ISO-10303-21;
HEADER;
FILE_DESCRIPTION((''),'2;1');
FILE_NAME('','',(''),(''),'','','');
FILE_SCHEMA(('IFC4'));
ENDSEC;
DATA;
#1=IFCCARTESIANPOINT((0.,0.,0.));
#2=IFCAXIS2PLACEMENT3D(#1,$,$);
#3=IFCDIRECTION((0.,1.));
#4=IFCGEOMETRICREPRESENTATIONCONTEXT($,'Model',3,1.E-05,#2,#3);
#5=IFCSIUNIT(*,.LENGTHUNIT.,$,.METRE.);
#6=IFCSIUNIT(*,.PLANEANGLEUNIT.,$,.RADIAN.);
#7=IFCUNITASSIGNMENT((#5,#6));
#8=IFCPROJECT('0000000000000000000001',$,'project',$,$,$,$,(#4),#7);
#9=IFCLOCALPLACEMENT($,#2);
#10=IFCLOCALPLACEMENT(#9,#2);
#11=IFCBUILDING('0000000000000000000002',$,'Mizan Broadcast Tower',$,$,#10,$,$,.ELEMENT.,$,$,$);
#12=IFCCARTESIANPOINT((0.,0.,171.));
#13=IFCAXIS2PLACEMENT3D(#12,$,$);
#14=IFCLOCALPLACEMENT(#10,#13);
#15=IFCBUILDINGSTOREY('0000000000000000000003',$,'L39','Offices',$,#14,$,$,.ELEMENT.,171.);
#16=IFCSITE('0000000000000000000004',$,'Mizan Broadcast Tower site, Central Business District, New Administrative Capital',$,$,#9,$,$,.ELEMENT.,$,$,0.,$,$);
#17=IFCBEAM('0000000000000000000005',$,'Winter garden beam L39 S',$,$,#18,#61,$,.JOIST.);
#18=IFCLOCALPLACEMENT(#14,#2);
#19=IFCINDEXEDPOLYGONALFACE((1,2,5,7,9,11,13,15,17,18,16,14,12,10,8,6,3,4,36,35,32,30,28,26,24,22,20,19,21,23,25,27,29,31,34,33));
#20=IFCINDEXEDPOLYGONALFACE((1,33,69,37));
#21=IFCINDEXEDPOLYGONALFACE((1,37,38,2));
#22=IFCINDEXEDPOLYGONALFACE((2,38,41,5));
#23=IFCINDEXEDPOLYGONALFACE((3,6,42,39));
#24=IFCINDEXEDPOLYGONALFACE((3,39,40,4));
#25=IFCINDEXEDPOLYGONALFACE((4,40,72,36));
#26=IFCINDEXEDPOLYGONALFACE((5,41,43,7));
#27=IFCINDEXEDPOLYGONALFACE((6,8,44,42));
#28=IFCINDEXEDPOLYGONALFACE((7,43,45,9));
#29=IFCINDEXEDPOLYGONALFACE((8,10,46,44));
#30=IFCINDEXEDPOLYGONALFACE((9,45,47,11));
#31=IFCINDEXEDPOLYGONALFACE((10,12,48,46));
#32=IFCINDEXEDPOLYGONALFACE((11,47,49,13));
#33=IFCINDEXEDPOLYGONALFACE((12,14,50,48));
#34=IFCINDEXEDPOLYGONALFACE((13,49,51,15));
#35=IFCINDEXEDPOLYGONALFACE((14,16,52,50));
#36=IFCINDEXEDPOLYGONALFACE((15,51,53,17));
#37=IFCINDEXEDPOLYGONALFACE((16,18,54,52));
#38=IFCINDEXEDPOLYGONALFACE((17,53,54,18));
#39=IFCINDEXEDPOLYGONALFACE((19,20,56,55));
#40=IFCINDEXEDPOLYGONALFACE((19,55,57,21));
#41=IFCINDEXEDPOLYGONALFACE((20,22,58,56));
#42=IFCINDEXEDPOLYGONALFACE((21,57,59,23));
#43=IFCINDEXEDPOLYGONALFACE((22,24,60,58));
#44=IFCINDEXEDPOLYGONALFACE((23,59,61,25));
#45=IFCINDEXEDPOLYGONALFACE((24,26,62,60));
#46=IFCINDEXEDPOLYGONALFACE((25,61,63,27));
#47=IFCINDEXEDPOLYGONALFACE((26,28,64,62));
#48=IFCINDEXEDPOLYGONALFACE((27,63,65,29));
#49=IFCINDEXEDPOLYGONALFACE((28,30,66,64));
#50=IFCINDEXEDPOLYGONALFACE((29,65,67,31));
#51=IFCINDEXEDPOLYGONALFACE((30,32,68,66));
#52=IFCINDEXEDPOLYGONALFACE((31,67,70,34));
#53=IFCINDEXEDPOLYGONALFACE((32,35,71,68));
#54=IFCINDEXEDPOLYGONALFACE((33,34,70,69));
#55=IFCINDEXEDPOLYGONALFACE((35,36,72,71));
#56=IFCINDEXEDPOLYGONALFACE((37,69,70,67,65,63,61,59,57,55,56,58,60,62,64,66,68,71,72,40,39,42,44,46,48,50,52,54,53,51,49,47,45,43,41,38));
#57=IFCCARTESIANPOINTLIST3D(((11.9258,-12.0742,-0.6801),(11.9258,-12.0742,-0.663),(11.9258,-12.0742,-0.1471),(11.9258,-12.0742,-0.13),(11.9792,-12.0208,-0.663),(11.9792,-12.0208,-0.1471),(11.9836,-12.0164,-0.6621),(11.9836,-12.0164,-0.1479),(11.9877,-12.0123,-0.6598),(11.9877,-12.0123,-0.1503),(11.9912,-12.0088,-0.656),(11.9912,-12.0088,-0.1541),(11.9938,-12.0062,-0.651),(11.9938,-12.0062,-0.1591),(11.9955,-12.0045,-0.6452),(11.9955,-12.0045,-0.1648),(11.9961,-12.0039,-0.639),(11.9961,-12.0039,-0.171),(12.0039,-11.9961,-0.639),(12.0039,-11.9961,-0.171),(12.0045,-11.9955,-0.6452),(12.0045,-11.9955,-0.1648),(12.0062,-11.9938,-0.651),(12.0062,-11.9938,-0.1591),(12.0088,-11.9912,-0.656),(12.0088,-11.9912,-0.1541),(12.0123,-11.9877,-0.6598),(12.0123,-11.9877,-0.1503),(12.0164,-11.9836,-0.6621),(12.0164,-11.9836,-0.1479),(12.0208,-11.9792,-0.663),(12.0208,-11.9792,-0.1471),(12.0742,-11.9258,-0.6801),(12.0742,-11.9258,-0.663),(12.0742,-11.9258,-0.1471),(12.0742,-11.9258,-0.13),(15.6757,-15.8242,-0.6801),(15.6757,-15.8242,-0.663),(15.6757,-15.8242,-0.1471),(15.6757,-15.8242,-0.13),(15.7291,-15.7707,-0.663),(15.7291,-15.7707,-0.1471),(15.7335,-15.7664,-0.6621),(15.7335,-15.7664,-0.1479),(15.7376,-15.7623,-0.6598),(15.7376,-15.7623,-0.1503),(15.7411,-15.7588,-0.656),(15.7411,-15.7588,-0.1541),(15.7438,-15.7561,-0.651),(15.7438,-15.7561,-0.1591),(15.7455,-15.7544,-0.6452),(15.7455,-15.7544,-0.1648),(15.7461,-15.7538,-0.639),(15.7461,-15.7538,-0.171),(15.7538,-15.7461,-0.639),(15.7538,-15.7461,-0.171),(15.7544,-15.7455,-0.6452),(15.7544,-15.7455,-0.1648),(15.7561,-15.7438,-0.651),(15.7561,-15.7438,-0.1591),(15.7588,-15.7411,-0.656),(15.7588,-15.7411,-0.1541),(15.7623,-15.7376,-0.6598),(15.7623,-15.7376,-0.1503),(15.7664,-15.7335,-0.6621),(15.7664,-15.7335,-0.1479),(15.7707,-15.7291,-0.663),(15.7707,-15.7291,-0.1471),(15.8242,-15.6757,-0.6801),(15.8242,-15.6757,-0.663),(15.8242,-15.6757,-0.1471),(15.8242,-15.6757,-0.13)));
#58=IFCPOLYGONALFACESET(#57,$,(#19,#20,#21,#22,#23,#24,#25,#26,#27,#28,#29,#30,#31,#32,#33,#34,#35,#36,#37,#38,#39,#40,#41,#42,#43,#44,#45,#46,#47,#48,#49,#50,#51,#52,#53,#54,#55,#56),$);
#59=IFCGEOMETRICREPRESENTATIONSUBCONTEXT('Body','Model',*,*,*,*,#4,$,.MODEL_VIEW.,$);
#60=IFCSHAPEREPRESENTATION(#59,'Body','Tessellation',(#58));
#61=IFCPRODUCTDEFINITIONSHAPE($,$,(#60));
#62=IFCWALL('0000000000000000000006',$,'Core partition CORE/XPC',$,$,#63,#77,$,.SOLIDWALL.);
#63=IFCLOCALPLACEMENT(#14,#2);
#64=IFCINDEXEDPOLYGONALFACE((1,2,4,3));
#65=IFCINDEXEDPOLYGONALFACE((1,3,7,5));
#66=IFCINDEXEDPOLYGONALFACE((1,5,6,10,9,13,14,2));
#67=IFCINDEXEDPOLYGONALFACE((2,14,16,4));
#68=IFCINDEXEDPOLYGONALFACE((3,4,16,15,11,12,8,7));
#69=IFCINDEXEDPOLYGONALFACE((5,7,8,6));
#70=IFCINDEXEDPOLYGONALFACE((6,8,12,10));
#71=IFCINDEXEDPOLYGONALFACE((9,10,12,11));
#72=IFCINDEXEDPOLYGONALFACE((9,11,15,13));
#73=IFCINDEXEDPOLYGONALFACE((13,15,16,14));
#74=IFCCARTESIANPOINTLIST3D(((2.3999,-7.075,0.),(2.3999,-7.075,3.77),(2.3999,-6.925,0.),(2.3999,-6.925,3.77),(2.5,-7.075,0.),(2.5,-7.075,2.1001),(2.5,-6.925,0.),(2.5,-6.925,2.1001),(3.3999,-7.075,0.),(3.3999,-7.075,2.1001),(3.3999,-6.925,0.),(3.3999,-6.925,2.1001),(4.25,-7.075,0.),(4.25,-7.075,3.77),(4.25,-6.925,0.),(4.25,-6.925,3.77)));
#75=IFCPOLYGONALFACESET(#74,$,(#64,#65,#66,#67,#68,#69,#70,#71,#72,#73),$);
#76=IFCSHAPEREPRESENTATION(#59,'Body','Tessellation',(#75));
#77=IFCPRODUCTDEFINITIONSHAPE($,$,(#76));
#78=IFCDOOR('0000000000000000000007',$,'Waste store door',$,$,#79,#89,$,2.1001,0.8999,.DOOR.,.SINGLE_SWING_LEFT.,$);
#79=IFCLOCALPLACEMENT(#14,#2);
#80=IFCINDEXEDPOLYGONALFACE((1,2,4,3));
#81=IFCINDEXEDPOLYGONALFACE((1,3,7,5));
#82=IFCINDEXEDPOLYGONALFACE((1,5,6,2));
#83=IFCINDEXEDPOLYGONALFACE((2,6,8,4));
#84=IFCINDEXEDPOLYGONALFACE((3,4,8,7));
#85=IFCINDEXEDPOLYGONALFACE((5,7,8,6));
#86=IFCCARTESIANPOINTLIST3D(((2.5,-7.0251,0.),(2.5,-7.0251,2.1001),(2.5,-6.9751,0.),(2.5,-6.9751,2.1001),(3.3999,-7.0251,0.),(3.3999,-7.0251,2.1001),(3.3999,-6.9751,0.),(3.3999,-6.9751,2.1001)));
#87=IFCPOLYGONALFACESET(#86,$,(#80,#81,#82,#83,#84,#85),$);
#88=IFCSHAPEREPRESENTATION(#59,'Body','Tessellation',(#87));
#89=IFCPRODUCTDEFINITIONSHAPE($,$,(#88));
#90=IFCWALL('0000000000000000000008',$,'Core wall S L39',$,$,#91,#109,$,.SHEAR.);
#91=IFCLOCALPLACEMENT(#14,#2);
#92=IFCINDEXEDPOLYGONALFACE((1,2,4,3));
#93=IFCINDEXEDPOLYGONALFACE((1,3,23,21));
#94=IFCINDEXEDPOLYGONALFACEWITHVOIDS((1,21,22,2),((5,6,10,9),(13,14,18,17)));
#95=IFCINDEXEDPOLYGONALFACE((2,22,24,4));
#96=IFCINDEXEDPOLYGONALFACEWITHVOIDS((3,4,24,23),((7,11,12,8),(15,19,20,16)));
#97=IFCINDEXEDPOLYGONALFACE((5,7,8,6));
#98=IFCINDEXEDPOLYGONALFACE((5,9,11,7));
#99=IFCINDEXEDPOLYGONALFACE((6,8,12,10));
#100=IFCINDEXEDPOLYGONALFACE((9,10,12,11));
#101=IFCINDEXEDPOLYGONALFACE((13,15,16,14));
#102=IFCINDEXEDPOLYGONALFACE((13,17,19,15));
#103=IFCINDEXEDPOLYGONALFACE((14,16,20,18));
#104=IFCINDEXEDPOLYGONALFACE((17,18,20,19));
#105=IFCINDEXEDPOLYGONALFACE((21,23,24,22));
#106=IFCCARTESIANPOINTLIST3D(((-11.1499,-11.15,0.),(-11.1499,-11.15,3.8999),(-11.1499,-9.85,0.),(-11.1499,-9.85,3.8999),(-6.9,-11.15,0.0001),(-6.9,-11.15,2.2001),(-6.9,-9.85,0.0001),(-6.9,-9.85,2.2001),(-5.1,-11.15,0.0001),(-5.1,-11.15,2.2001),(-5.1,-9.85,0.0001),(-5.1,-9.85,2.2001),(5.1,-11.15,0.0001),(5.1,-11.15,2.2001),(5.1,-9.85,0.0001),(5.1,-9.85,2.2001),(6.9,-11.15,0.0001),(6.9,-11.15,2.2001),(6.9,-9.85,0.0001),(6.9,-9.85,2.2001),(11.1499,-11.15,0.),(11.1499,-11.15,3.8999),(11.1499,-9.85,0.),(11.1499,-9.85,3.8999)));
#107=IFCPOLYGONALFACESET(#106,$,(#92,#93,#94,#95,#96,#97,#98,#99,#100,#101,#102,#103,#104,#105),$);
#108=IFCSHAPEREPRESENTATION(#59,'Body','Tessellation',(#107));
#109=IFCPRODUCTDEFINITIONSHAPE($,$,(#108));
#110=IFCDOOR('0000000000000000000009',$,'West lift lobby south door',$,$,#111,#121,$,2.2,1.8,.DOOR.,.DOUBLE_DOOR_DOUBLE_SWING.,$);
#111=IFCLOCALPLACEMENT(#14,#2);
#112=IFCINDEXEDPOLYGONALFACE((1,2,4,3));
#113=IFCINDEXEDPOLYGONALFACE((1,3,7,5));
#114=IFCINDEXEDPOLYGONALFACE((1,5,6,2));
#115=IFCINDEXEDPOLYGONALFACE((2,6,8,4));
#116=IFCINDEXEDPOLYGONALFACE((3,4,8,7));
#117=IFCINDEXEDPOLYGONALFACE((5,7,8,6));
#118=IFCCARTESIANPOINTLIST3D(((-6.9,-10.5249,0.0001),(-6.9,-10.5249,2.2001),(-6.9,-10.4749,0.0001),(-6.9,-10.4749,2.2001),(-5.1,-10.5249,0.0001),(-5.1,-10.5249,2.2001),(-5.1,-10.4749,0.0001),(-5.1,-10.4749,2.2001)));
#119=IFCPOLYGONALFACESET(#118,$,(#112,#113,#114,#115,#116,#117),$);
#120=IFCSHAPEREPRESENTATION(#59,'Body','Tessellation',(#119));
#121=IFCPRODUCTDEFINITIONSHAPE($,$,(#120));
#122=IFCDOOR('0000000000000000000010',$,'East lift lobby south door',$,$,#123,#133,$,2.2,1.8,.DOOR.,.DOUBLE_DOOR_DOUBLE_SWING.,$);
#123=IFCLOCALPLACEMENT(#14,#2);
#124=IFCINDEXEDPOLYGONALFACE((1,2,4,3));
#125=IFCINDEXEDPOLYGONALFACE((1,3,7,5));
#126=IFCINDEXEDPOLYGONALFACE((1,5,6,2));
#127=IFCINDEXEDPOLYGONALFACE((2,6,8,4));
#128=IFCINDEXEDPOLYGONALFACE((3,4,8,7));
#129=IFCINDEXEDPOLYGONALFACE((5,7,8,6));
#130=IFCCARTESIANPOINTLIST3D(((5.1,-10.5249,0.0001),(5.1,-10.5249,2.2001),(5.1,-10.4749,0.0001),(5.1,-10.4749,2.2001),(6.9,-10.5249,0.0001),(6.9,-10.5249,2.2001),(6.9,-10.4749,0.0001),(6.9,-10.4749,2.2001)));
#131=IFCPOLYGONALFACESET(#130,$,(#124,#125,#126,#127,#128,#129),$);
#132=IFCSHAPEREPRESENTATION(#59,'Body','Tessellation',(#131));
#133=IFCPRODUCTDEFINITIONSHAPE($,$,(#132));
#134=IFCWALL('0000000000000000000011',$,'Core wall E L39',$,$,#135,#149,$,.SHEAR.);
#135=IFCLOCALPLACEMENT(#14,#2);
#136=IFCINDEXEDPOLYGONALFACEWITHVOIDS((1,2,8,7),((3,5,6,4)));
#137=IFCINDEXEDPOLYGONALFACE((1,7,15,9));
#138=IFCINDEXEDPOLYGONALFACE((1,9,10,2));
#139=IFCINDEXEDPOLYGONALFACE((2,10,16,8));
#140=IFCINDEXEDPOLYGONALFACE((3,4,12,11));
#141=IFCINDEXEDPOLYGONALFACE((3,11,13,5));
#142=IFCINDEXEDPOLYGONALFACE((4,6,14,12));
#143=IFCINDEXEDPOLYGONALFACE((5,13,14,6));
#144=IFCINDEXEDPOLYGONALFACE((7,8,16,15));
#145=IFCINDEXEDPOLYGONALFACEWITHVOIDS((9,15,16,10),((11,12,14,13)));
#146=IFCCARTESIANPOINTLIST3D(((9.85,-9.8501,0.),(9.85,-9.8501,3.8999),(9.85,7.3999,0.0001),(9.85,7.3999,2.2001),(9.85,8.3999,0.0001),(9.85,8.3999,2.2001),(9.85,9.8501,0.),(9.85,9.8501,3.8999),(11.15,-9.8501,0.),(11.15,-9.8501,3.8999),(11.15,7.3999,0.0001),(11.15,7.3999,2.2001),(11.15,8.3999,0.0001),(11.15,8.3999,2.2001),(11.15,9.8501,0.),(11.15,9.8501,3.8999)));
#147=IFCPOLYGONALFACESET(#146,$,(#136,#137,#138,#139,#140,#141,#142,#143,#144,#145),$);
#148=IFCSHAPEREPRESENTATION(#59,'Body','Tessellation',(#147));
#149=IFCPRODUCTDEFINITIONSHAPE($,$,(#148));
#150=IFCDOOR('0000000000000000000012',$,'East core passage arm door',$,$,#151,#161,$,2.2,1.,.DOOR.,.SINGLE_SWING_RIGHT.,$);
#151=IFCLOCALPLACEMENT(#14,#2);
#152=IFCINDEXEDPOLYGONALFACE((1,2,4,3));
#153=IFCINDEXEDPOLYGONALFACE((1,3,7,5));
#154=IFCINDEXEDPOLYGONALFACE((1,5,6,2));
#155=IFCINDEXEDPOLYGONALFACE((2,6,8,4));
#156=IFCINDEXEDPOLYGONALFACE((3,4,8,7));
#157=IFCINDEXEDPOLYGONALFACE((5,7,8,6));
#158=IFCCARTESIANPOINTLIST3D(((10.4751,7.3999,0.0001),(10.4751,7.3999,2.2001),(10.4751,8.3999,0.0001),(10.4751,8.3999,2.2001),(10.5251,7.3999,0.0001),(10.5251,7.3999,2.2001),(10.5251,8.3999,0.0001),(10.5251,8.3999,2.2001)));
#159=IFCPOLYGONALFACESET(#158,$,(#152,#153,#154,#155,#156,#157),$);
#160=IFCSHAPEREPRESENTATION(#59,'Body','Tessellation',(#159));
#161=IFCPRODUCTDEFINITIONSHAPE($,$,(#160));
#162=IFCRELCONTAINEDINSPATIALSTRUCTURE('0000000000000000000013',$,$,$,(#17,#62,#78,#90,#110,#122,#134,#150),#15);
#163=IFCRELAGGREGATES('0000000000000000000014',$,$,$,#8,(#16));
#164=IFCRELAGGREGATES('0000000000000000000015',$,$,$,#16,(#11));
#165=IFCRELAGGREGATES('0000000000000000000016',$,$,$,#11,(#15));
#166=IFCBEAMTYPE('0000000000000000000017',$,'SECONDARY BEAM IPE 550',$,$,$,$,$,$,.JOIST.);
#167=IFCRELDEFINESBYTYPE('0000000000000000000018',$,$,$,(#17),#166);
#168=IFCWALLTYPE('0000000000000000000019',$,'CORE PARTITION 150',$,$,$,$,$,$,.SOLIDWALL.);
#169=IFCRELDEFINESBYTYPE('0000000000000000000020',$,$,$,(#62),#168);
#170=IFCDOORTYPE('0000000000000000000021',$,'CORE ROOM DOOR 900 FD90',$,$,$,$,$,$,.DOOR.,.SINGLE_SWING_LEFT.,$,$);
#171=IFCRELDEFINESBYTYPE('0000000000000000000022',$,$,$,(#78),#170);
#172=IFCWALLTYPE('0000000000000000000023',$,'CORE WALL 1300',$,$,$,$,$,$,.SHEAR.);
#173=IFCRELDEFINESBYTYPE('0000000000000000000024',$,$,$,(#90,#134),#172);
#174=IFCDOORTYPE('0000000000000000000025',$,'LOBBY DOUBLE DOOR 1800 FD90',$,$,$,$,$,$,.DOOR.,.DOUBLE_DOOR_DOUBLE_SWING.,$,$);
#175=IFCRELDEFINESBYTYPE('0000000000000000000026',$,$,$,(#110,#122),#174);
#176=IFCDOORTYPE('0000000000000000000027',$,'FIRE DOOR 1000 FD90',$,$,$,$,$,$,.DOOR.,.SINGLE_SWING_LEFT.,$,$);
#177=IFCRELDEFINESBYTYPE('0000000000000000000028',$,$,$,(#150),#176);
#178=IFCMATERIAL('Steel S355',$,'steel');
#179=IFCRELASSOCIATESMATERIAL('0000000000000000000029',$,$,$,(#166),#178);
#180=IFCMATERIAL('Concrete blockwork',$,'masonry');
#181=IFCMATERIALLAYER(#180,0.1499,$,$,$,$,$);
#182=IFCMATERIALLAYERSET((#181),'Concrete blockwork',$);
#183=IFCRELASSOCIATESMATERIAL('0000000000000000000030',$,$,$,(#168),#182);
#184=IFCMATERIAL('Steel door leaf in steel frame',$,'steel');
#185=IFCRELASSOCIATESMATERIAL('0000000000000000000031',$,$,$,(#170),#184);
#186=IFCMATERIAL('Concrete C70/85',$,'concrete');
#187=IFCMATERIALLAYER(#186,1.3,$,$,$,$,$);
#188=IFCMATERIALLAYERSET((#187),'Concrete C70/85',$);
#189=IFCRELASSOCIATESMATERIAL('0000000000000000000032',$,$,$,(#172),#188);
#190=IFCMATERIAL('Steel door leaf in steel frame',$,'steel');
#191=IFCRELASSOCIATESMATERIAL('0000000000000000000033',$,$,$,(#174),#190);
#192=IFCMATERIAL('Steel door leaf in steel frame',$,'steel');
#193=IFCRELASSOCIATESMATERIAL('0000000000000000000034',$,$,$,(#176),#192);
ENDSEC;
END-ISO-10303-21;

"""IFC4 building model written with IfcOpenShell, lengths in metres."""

from ifc_helpers import new_model, si_unit, direction, frame, frame_2d, origin, origin_2d, place, context, subcontext, project, spatial, rectangle, i_section, extrude, material, layer, layer_set, material_profile, profile_set, type_object, element, fill, save


model = new_model("IFC4")

# Units and contexts
model_context = context("Model", 3, precision=1e-05, world=origin(), true_north=direction((0.0, 1.0)))
body_context = subcontext(model_context, "Body", "Model", "MODEL_VIEW")
ifc_project = project(units=[si_unit("LENGTHUNIT", "METRE"), si_unit("PLANEANGLEUNIT", "RADIAN")], contexts=[model_context])

# Site, building, storey
site_placement = place(None, origin())
site = spatial("IfcSite", under=ifc_project, at=site_placement, Name="Mizan Broadcast Tower site, Central Business District, New Administrative Capital", CompositionType="ELEMENT", RefElevation=0.0)
building_placement = place(site_placement, origin())
building = spatial("IfcBuilding", under=site, at=building_placement, Name="Mizan Broadcast Tower", CompositionType="ELEMENT")
storey_placement = place(building_placement, frame((0.0, 0.0, 171.0)))
storey = spatial("IfcBuildingStorey", under=building, at=storey_placement, Name="L39", Description="Offices", CompositionType="ELEMENT", Elevation=171.0)

# Beam
ifc_material_1 = material(Name="Steel S355", Category="steel")
ifc_material_profile_1 = material_profile(ifc_material_1, i_section(OverallWidth=0.21, OverallDepth=0.55, WebThickness=0.011, FlangeThickness=0.0171, FilletRadius=0.0239, at=origin_2d()), Name="IPE 550")
ifc_profile_set_1 = profile_set([ifc_material_profile_1], Name="Steel S355")
beam_type_1 = type_object("IfcBeamType", Name="SECONDARY BEAM IPE 550", PredefinedType="JOIST", material=ifc_profile_set_1)
beam_1_placement = place(storey_placement, frame((12.0, -12.0, -0.405), z_axis=(0.707107, -0.707107, 0.0), x_axis=(0.707107, 0.707107, 0.0)))
element("IfcBeam", 1, at=beam_1_placement, inside=storey, type_object=beam_type_1, Name="Winter garden beam L39 S", PredefinedType="JOIST", context=body_context, shape_type="SweptSolid", body=[
    extrude(i_section(OverallWidth=0.21, OverallDepth=0.55, WebThickness=0.011, FlangeThickness=0.0171, FilletRadius=0.0239, at=origin_2d()), origin(), (0.0, 0.0, 1.0), 5.3032),
])

# Wall, opening, door
ifc_material_2 = material(Name="Concrete blockwork", Category="masonry")
ifc_layer_1 = layer(ifc_material_2, 0.1499)
ifc_layer_set_1 = layer_set([ifc_layer_1], Name="Concrete blockwork")
wall_type_1 = type_object("IfcWallType", Name="CORE PARTITION 150", PredefinedType="SOLIDWALL", material=ifc_layer_set_1)
wall_1_placement = place(storey_placement, frame((2.3999, -7.0, 0.0), z_axis=(0.0, 0.0, 1.0), x_axis=(1.0, 0.0, 0.0)))
wall_1 = element("IfcWall", 2, at=wall_1_placement, inside=storey, type_object=wall_type_1, Name="Core partition CORE/XPC", PredefinedType="SOLIDWALL", context=body_context, shape_type="SweptSolid", body=[
    extrude(rectangle(XDim=1.8501, YDim=0.1499, at=frame_2d((0.925, 0.0))), origin(), (0.0, 0.0, 1.0), 3.77),
])
opening_1_placement = place(wall_1_placement, frame((0.1001, 0.0, 0.0)))
opening_1 = element("IfcOpeningElement", 3, at=opening_1_placement, cuts=wall_1, PredefinedType="OPENING", context=body_context, shape_type="SweptSolid", body=[
    extrude(rectangle(XDim=0.8999, YDim=2.1001, at=frame_2d((0.45, 1.05))), frame((0.0, 0.085, 0.0), z_axis=(0.0, -1.0, 0.0), x_axis=(1.0, 0.0, 0.0)), (0.0, 0.0, 1.0), 0.1699),
])
ifc_material_3 = material(Name="Steel door leaf in steel frame", Category="steel")
door_type_1 = type_object("IfcDoorType", Name="CORE ROOM DOOR 900 FD90", OperationType="SINGLE_SWING_LEFT", PredefinedType="DOOR", material=ifc_material_3)
door_1_placement = place(opening_1_placement, origin())
door_1 = element("IfcDoor", 4, at=door_1_placement, inside=storey, type_object=door_type_1, Name="Waste store door", OperationType="SINGLE_SWING_LEFT", OverallHeight=2.1001, OverallWidth=0.8999, PredefinedType="DOOR", context=body_context, shape_type="SweptSolid", body=[
    extrude(rectangle(XDim=0.8999, YDim=2.1001, at=frame_2d((0.45, 1.05))), frame((0.0, 0.0249, 0.0), z_axis=(0.0, -1.0, 0.0), x_axis=(1.0, 0.0, 0.0)), (0.0, 0.0, 1.0), 0.05),
])
fill(opening_1, door_1)

# Wall, openings, doors
ifc_material_4 = material(Name="Concrete C70/85", Category="concrete")
ifc_layer_2 = layer(ifc_material_4, 1.3)
ifc_layer_set_2 = layer_set([ifc_layer_2], Name="Concrete C70/85")
wall_type_2 = type_object("IfcWallType", Name="CORE WALL 1300", PredefinedType="SHEAR", material=ifc_layer_set_2)
wall_2_placement = place(storey_placement, frame((11.1499, -10.5, 0.0), z_axis=(0.0, 0.0, 1.0), x_axis=(-1.0, 0.0, 0.0)))
wall_2 = element("IfcWall", 5, at=wall_2_placement, inside=storey, type_object=wall_type_2, Name="Core wall S L39", PredefinedType="SHEAR", context=body_context, shape_type="SweptSolid", body=[
    extrude(rectangle(XDim=22.2998, YDim=1.3, at=frame_2d((11.1499, 0.0))), origin(), (0.0, 0.0, 1.0), 3.8999),
])
opening_2_placement = place(wall_2_placement, frame((16.25, 0.0, 0.0)))
opening_2 = element("IfcOpeningElement", 6, at=opening_2_placement, cuts=wall_2, PredefinedType="OPENING", context=body_context, shape_type="SweptSolid", body=[
    extrude(rectangle(XDim=1.8, YDim=2.2, at=frame_2d((0.8999, 1.1001))), frame((0.0, 0.6599, 0.0), z_axis=(0.0, -1.0, 0.0), x_axis=(1.0, 0.0, 0.0)), (0.0, 0.0, 1.0), 1.3201),
])
opening_3_placement = place(wall_2_placement, frame((4.25, 0.0, 0.0)))
opening_3 = element("IfcOpeningElement", 7, at=opening_3_placement, cuts=wall_2, PredefinedType="OPENING", context=body_context, shape_type="SweptSolid", body=[
    extrude(rectangle(XDim=1.8, YDim=2.2, at=frame_2d((0.8999, 1.1001))), frame((0.0, 0.6599, 0.0), z_axis=(0.0, -1.0, 0.0), x_axis=(1.0, 0.0, 0.0)), (0.0, 0.0, 1.0), 1.3201),
])
ifc_material_5 = material(Name="Steel door leaf in steel frame", Category="steel")
door_type_2 = type_object("IfcDoorType", Name="LOBBY DOUBLE DOOR 1800 FD90", OperationType="DOUBLE_DOOR_DOUBLE_SWING", PredefinedType="DOOR", material=ifc_material_5)
door_2_placement = place(opening_2_placement, origin())
door_2 = element("IfcDoor", 8, at=door_2_placement, inside=storey, type_object=door_type_2, Name="West lift lobby south door", OperationType="DOUBLE_DOOR_DOUBLE_SWING", OverallHeight=2.2, OverallWidth=1.8, PredefinedType="DOOR", context=body_context, shape_type="SweptSolid", body=[
    extrude(rectangle(XDim=1.8, YDim=2.2, at=frame_2d((0.8999, 1.1001))), frame((0.0, 0.0249, 0.0), z_axis=(0.0, -1.0, 0.0), x_axis=(1.0, 0.0, 0.0)), (0.0, 0.0, 1.0), 0.05),
])
fill(opening_2, door_2)
door_3_placement = place(opening_3_placement, origin())
door_3 = element("IfcDoor", 9, at=door_3_placement, inside=storey, type_object=door_type_2, Name="East lift lobby south door", OperationType="DOUBLE_DOOR_DOUBLE_SWING", OverallHeight=2.2, OverallWidth=1.8, PredefinedType="DOOR", context=body_context, shape_type="SweptSolid", body=[
    extrude(rectangle(XDim=1.8, YDim=2.2, at=frame_2d((0.8999, 1.1001))), frame((0.0, 0.0249, 0.0), z_axis=(0.0, -1.0, 0.0), x_axis=(1.0, 0.0, 0.0)), (0.0, 0.0, 1.0), 0.05),
])
fill(opening_3, door_3)

# Wall, opening, door
wall_3_placement = place(storey_placement, frame((10.5, -9.8501, 0.0), z_axis=(0.0, 0.0, 1.0), x_axis=(0.0, 1.0, 0.0)))
wall_3 = element("IfcWall", 10, at=wall_3_placement, inside=storey, type_object=wall_type_2, Name="Core wall E L39", PredefinedType="SHEAR", context=body_context, shape_type="SweptSolid", body=[
    extrude(rectangle(XDim=19.7002, YDim=1.3, at=frame_2d((9.8501, 0.0))), origin(), (0.0, 0.0, 1.0), 3.8999),
])
opening_4_placement = place(wall_3_placement, frame((17.25, 0.0, 0.0)))
opening_4 = element("IfcOpeningElement", 11, at=opening_4_placement, cuts=wall_3, PredefinedType="OPENING", context=body_context, shape_type="SweptSolid", body=[
    extrude(rectangle(XDim=1.0, YDim=2.2, at=frame_2d((0.5, 1.1001))), frame((0.0, 0.6599, 0.0), z_axis=(0.0, -1.0, 0.0), x_axis=(1.0, 0.0, 0.0)), (0.0, 0.0, 1.0), 1.3201),
])
ifc_material_6 = material(Name="Steel door leaf in steel frame", Category="steel")
door_type_3 = type_object("IfcDoorType", Name="FIRE DOOR 1000 FD90", OperationType="SINGLE_SWING_LEFT", PredefinedType="DOOR", material=ifc_material_6)
door_4_placement = place(opening_4_placement, origin())
door_4 = element("IfcDoor", 12, at=door_4_placement, inside=storey, type_object=door_type_3, Name="East core passage arm door", OperationType="SINGLE_SWING_RIGHT", OverallHeight=2.2, OverallWidth=1.0, PredefinedType="DOOR", context=body_context, shape_type="SweptSolid", body=[
    extrude(rectangle(XDim=1.0, YDim=2.2, at=frame_2d((0.5, 1.1001))), frame((0.0, 0.0249, 0.0), z_axis=(0.0, -1.0, 0.0), x_axis=(1.0, 0.0, 0.0)), (0.0, 0.0, 1.0), 0.05),
])
fill(opening_4, door_4)

save(model, "model.ifc")
